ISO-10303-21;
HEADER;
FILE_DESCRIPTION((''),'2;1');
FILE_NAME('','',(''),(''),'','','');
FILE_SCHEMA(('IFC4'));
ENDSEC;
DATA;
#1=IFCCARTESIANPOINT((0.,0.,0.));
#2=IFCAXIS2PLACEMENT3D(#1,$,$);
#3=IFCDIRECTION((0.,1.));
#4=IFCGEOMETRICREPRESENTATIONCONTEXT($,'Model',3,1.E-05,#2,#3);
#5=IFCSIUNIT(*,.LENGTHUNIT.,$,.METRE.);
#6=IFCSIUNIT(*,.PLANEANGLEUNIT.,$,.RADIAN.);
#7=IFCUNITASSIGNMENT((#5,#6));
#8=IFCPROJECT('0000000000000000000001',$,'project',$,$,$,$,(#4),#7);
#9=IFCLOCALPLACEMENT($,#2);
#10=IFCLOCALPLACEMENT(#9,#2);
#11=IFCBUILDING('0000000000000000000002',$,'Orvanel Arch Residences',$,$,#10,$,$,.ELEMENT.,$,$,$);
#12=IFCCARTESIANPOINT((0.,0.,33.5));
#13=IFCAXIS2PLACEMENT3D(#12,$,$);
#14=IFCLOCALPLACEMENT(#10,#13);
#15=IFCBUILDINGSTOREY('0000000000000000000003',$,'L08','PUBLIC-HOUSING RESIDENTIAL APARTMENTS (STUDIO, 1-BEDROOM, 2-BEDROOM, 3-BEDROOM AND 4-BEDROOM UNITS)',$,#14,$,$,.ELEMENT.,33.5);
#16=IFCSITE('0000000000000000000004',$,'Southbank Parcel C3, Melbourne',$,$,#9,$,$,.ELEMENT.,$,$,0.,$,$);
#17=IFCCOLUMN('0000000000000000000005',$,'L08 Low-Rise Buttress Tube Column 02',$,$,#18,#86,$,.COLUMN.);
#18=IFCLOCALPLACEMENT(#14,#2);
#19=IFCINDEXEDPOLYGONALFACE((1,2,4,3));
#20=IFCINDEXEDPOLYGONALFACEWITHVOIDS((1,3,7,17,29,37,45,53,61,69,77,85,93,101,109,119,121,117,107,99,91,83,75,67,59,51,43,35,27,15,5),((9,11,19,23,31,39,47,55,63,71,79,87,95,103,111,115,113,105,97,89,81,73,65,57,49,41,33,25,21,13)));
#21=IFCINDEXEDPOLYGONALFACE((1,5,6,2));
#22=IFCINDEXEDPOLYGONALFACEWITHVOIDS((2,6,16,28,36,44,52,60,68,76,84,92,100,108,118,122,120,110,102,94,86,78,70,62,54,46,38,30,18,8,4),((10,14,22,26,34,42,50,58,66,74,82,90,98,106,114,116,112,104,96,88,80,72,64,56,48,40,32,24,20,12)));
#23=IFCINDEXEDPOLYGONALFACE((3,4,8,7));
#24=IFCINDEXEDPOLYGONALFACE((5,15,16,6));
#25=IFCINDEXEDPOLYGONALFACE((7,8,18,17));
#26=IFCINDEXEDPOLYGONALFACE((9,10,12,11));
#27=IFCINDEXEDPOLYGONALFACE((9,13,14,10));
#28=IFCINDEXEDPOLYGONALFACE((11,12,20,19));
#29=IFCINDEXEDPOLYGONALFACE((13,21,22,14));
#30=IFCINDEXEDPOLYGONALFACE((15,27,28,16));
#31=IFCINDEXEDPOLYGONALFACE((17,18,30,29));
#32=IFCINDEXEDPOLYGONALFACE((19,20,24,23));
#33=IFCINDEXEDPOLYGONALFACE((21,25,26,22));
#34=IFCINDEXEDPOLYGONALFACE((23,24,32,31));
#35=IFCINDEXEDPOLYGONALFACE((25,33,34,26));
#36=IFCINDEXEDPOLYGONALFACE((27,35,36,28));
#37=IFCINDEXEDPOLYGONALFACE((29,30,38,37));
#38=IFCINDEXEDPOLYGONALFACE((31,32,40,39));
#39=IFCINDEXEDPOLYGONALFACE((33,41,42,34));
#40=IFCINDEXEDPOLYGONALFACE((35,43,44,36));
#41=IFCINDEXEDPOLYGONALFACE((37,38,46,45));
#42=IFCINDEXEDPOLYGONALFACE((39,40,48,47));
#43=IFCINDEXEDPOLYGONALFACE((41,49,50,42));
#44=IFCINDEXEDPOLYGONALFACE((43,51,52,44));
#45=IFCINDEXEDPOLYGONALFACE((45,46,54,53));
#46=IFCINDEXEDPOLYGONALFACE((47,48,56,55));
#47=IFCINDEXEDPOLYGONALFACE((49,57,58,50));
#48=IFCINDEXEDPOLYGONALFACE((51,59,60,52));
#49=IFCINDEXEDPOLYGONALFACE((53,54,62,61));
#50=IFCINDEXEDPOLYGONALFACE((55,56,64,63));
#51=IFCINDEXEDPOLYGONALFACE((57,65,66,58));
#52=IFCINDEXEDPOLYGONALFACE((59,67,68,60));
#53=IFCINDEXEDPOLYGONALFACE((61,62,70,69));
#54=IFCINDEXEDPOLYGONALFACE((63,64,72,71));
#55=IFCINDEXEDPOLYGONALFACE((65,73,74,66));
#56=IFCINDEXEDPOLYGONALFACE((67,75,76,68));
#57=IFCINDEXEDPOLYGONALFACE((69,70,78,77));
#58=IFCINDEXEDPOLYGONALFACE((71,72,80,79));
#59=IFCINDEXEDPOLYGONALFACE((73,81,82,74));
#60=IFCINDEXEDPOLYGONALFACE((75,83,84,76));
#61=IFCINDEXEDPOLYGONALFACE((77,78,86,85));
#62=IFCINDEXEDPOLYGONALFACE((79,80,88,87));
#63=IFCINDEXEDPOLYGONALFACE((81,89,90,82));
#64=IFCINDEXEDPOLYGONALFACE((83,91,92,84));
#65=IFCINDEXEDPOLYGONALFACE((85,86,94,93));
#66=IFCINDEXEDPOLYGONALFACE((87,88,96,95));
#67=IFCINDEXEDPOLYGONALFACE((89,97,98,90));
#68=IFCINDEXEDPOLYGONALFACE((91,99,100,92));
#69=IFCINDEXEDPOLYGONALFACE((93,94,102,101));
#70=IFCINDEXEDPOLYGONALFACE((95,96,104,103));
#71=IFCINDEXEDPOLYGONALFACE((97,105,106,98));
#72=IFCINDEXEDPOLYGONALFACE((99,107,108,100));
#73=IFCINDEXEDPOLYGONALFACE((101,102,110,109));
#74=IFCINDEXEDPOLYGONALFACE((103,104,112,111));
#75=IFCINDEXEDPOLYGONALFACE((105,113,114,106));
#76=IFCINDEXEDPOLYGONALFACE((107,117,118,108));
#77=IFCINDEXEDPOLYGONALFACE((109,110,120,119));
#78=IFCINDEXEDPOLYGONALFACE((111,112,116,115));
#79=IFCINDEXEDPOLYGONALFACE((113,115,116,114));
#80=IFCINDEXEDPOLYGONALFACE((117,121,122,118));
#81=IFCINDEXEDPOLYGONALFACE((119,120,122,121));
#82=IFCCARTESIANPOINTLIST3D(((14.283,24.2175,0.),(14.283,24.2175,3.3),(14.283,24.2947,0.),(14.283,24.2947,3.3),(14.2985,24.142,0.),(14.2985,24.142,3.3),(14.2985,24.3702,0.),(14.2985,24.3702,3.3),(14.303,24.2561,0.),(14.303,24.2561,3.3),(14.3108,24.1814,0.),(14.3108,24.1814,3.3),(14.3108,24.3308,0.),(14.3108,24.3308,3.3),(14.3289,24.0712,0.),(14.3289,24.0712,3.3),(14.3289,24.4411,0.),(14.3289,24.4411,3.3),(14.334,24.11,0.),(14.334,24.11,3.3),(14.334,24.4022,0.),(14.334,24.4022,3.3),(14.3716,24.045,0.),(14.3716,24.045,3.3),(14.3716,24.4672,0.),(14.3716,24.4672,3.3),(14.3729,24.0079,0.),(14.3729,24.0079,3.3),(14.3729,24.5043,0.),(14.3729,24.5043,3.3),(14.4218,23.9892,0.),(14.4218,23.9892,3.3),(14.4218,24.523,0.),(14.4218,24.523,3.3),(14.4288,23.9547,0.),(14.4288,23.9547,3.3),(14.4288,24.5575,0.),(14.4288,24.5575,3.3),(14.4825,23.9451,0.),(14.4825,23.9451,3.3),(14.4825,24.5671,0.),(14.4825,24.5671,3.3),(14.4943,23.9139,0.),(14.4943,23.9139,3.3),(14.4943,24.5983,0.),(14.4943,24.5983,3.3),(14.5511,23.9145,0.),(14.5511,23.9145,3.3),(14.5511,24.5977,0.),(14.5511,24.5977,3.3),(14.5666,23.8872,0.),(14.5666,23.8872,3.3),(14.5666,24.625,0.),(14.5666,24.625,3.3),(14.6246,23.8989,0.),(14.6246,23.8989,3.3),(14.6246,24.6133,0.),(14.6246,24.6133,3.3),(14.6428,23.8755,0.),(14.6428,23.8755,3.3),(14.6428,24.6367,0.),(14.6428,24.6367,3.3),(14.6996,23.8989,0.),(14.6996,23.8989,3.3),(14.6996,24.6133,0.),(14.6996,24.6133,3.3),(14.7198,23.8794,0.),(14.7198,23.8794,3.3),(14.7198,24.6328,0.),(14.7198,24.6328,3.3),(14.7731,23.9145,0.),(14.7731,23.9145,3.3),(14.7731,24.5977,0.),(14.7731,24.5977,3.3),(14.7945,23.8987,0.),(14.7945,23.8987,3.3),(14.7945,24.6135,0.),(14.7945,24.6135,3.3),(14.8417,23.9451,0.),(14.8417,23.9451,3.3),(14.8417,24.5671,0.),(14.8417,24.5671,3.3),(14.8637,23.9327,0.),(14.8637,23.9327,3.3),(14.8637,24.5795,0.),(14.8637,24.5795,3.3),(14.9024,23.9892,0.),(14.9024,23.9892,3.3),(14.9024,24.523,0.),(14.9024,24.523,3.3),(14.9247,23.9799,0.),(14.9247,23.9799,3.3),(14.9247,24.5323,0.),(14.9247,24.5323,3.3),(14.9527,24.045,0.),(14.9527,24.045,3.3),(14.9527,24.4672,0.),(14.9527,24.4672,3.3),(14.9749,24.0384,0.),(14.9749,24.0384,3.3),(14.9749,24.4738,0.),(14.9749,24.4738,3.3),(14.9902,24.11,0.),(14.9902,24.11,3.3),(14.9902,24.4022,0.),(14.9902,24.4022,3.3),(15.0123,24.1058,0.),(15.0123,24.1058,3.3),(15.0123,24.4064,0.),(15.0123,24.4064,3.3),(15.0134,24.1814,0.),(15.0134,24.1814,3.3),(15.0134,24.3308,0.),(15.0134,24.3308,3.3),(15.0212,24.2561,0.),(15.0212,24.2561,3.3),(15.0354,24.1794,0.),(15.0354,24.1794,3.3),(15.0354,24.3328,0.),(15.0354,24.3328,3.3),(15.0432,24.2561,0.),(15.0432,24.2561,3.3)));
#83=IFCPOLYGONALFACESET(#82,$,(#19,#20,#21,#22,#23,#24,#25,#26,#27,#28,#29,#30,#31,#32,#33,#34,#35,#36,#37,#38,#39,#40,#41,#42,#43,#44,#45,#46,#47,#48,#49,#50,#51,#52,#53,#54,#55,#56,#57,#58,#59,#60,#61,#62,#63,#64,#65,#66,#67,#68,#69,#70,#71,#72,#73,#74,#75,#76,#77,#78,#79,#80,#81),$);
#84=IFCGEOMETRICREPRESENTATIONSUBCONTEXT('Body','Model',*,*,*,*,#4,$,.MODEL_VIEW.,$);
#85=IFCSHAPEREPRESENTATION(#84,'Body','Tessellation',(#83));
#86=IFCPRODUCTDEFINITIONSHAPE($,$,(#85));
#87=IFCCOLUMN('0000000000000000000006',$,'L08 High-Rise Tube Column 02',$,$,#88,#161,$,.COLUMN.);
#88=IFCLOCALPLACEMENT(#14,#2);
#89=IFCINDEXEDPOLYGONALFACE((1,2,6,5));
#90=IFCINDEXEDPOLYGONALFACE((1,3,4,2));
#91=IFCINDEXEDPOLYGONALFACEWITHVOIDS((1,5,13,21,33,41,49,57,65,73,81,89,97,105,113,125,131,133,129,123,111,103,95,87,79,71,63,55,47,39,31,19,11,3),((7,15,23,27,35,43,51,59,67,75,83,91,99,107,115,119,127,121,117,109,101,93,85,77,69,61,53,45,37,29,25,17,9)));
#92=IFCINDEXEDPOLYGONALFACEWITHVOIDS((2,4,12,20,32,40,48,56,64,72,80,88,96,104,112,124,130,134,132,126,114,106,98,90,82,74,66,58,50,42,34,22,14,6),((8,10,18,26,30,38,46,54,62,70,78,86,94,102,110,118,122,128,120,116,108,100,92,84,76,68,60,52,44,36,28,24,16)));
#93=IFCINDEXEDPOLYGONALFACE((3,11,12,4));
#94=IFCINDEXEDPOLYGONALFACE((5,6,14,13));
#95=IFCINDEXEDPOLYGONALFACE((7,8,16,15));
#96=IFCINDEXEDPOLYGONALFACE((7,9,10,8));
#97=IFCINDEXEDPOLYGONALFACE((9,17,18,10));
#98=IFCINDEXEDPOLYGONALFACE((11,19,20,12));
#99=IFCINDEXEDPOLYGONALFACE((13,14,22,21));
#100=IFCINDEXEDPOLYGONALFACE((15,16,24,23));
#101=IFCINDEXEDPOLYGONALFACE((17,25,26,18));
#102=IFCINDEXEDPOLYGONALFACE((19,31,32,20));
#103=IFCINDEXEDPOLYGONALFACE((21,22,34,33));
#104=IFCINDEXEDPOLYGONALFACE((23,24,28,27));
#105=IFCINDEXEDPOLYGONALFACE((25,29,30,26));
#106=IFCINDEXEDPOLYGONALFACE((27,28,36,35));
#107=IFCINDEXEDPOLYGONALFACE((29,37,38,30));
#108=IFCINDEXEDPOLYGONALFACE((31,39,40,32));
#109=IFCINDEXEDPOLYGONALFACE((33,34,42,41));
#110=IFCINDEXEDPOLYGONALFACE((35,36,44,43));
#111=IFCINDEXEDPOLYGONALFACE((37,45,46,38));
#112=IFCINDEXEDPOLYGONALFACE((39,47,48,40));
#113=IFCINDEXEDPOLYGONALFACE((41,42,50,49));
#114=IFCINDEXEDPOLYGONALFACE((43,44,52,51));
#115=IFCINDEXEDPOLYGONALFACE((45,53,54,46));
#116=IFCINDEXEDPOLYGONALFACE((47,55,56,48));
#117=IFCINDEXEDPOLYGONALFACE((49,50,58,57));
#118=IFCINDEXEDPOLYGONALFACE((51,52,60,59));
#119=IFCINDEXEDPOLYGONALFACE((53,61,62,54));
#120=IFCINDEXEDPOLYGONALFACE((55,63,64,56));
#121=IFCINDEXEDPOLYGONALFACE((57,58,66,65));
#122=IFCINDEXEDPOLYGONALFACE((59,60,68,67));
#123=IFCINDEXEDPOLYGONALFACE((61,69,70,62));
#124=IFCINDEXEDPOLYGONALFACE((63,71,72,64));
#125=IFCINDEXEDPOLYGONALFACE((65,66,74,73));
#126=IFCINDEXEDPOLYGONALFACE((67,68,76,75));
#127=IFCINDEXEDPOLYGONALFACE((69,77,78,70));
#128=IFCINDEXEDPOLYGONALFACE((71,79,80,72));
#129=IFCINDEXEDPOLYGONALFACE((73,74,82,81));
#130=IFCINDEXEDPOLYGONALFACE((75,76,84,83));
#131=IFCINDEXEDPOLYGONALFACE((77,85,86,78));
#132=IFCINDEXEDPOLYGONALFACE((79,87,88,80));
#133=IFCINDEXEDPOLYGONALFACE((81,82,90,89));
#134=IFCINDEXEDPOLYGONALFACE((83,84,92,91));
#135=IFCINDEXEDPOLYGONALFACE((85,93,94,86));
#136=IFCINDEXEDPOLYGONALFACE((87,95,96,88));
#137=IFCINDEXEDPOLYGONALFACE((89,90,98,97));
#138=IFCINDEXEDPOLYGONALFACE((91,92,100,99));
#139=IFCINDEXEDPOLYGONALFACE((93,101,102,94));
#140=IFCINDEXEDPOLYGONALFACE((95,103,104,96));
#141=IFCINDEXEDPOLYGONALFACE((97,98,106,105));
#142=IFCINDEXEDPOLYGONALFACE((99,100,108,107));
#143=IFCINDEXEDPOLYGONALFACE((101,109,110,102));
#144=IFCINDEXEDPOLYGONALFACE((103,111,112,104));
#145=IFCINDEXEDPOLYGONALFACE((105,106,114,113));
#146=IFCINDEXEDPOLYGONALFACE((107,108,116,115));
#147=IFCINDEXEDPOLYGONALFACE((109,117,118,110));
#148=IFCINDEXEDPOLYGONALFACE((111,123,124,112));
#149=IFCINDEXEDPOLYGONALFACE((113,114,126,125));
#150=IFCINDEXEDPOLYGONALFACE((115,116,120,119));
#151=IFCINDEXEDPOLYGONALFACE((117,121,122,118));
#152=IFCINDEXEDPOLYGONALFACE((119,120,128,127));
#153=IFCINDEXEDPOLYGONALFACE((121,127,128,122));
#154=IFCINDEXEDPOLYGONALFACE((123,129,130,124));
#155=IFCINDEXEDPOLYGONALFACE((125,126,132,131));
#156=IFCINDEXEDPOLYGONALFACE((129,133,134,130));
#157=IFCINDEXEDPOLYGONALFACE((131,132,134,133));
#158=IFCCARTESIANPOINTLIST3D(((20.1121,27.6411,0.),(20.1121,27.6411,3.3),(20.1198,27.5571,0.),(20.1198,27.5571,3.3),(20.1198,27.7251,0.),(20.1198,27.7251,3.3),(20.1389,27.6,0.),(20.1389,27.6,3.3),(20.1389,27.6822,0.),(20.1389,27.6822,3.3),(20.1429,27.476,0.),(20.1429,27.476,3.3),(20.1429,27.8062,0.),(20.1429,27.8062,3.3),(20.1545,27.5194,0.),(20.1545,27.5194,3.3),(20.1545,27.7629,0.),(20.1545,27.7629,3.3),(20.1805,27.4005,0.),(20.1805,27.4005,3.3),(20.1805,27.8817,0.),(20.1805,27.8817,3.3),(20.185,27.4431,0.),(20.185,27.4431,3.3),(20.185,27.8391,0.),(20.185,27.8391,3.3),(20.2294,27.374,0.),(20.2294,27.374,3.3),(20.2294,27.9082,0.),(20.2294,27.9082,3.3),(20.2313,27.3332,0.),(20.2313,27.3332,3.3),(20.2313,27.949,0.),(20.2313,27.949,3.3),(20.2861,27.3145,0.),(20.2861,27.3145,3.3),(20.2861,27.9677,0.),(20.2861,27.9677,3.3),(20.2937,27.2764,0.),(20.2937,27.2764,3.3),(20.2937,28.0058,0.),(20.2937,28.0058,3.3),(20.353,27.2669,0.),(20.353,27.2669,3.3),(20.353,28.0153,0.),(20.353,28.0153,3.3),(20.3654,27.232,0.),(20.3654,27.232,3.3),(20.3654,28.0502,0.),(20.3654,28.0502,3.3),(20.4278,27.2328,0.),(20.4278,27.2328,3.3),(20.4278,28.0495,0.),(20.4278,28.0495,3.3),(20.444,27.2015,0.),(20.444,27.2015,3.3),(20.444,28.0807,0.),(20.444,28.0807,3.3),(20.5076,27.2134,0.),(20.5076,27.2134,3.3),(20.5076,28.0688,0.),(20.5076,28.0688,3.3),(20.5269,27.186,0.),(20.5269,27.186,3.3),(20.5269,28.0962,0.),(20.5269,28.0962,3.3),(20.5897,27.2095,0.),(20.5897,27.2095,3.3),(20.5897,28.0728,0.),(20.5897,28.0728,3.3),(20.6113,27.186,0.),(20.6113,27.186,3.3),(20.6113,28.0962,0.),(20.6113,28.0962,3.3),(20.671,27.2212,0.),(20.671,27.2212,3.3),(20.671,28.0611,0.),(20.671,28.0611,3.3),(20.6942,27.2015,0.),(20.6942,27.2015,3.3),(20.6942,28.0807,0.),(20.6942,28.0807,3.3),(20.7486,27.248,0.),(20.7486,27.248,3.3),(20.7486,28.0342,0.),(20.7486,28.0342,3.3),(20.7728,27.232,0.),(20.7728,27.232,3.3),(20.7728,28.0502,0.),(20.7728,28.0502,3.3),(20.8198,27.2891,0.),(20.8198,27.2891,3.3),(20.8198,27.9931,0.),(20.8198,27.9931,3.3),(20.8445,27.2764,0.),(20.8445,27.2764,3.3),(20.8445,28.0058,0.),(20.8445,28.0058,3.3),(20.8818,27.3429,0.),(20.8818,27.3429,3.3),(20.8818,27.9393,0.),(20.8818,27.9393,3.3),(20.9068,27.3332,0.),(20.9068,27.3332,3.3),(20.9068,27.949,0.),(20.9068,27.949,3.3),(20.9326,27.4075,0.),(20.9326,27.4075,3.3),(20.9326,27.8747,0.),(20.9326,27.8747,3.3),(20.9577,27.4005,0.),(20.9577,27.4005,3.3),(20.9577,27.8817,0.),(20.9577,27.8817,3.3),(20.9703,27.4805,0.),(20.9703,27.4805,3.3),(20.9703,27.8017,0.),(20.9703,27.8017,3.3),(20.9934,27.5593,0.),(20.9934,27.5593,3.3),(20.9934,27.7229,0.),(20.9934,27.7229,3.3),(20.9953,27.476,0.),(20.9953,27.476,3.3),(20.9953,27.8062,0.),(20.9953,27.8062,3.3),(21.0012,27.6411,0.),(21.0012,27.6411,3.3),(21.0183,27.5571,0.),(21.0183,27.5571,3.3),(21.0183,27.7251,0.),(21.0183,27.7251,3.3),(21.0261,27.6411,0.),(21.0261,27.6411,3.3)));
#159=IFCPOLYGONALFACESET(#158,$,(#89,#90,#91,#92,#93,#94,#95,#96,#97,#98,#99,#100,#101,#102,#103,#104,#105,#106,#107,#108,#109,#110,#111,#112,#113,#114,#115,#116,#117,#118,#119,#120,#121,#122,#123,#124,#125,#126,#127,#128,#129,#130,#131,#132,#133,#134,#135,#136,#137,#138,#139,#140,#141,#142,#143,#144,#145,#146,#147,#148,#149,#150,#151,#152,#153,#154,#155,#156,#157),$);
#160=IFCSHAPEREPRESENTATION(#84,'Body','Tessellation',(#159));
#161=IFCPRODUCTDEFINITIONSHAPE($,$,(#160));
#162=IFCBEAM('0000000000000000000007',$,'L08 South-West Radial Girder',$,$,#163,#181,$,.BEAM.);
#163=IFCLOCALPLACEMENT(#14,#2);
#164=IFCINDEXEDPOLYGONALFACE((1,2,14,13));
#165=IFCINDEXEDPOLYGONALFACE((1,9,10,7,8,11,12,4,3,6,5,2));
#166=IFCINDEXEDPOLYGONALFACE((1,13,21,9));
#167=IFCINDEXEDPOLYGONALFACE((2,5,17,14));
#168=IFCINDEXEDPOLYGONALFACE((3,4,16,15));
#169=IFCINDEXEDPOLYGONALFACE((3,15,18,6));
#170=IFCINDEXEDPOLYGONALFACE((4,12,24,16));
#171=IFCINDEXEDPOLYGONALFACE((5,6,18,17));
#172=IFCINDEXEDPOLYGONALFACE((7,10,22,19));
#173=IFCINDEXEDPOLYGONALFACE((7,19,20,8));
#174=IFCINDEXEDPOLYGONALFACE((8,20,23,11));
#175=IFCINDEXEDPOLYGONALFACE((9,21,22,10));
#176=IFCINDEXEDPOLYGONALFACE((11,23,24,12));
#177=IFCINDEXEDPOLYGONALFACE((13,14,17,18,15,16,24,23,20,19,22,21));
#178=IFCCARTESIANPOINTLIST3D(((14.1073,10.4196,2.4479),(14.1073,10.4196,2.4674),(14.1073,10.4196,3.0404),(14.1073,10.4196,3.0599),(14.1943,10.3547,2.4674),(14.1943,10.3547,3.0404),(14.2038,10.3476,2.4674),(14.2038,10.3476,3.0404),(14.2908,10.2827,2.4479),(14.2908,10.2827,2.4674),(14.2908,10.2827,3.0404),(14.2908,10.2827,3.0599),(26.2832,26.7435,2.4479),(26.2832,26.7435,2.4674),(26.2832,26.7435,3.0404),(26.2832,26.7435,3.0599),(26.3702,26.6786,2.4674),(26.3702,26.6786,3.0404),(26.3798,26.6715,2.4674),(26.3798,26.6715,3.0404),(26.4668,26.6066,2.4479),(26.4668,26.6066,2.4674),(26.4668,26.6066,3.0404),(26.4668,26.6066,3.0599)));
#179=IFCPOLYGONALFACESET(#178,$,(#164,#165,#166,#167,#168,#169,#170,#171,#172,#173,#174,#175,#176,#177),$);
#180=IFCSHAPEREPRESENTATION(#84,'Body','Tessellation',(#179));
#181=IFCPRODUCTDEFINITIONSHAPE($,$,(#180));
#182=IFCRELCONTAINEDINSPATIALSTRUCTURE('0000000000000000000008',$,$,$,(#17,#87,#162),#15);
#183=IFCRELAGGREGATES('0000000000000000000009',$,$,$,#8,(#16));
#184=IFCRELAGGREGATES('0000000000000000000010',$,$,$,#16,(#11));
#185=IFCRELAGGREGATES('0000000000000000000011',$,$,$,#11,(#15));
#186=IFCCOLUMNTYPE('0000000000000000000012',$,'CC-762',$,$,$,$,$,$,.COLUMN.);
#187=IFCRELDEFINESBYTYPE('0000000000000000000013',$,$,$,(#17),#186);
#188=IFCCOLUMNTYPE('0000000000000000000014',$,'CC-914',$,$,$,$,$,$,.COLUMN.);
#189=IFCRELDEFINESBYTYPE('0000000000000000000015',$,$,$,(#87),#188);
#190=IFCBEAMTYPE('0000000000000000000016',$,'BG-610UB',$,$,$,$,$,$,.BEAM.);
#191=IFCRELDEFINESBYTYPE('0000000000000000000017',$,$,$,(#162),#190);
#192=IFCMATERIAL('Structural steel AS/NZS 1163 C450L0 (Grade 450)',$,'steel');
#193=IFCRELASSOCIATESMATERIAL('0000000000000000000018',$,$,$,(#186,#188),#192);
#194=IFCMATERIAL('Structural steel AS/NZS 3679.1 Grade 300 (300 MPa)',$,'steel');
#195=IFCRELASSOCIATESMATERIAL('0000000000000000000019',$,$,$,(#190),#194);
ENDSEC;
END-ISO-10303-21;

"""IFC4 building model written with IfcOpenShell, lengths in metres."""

from ifc_helpers import new_model, si_unit, direction, frame, origin, origin_2d, place, context, subcontext, project, spatial, hollow_circle, i_section, extrude, material, material_profile, profile_set, type_object, element, save


model = new_model("IFC4")

# Units and contexts
model_context = context("Model", 3, precision=1e-05, world=origin(), true_north=direction((0.0, 1.0)))
body_context = subcontext(model_context, "Body", "Model", "MODEL_VIEW")
ifc_project = project(units=[si_unit("LENGTHUNIT", "METRE"), si_unit("PLANEANGLEUNIT", "RADIAN")], contexts=[model_context])

# Site, building, storey
site_placement = place(None, origin())
site = spatial("IfcSite", under=ifc_project, at=site_placement, Name="Southbank Parcel C3, Melbourne", CompositionType="ELEMENT", RefElevation=0.0)
building_placement = place(site_placement, origin())
building = spatial("IfcBuilding", under=site, at=building_placement, Name="Orvanel Arch Residences", CompositionType="ELEMENT")
storey_placement = place(building_placement, frame((0.0, 0.0, 33.5)))
storey = spatial("IfcBuildingStorey", under=building, at=storey_placement, Name="L08", Description="PUBLIC-HOUSING RESIDENTIAL APARTMENTS (STUDIO, 1-BEDROOM, 2-BEDROOM, 3-BEDROOM AND 4-BEDROOM UNITS)", CompositionType="ELEMENT", Elevation=33.5)

# Columns
ifc_material_1 = material(Name="Structural steel AS/NZS 1163 C450L0 (Grade 450)", Category="steel")
ifc_material_profile_1 = material_profile(ifc_material_1, hollow_circle(Radius=0.3811, WallThickness=0.022, at=origin_2d()), Name="CHS762x22")
ifc_profile_set_1 = profile_set([ifc_material_profile_1], Name="Structural steel AS/NZS 1163 C450L0 (Grade 450)")
column_type_1 = type_object("IfcColumnType", Name="CC-762", PredefinedType="COLUMN", material=ifc_profile_set_1)
column_1_placement = place(storey_placement, frame((14.6621, 24.2561, 0.0), z_axis=(0.0, 0.0, 1.0), x_axis=(1.0, 0.0, 0.0)))
element("IfcColumn", 1, at=column_1_placement, inside=storey, type_object=column_type_1, Name="L08 Low-Rise Buttress Tube Column 02", PredefinedType="COLUMN", context=body_context, shape_type="SweptSolid", body=[
    extrude(hollow_circle(Radius=0.3811, WallThickness=0.022, at=origin_2d()), origin(), (0.0, 0.0, 1.0), 3.3),
])
ifc_material_profile_2 = material_profile(ifc_material_1, hollow_circle(Radius=0.457, WallThickness=0.0249, at=origin_2d()), Name="CHS914x25")
ifc_profile_set_2 = profile_set([ifc_material_profile_2], Name="Structural steel AS/NZS 1163 C450L0 (Grade 450)")
column_type_2 = type_object("IfcColumnType", Name="CC-914", PredefinedType="COLUMN", material=ifc_profile_set_2)
column_2_placement = place(storey_placement, frame((20.5691, 27.6411, 0.0), z_axis=(0.0, 0.0, 1.0), x_axis=(1.0, 0.0, 0.0)))
element("IfcColumn", 2, at=column_2_placement, inside=storey, type_object=column_type_2, Name="L08 High-Rise Tube Column 02", PredefinedType="COLUMN", context=body_context, shape_type="SweptSolid", body=[
    extrude(hollow_circle(Radius=0.457, WallThickness=0.0249, at=origin_2d()), origin(), (0.0, 0.0, 1.0), 3.3),
])

# Beam
ifc_material_2 = material(Name="Structural steel AS/NZS 3679.1 Grade 300 (300 MPa)", Category="steel")
ifc_material_profile_3 = material_profile(ifc_material_2, i_section(OverallWidth=0.229, OverallDepth=0.6121, WebThickness=0.012, FlangeThickness=0.0195, at=origin_2d()), Name="610UB125")
ifc_profile_set_3 = profile_set([ifc_material_profile_3], Name="Structural steel AS/NZS 3679.1 Grade 300 (300 MPa)")
beam_type_1 = type_object("IfcBeamType", Name="BG-610UB", PredefinedType="BEAM", material=ifc_profile_set_3)
beam_1_placement = place(storey_placement, frame((26.375, 26.675, 2.7539), z_axis=(-0.597894, -0.801575, 0.0), x_axis=(0.801575, -0.597894, 0.0)))
element("IfcBeam", 3, at=beam_1_placement, inside=storey, type_object=beam_type_1, Name="L08 South-West Radial Girder", PredefinedType="BEAM", context=body_context, shape_type="SweptSolid", body=[
    extrude(i_section(OverallWidth=0.229, OverallDepth=0.6121, WebThickness=0.012, FlangeThickness=0.0195, at=origin_2d()), origin(), (0.0, 0.0, 1.0), 20.3647),
])

save(model, "model.ifc")
